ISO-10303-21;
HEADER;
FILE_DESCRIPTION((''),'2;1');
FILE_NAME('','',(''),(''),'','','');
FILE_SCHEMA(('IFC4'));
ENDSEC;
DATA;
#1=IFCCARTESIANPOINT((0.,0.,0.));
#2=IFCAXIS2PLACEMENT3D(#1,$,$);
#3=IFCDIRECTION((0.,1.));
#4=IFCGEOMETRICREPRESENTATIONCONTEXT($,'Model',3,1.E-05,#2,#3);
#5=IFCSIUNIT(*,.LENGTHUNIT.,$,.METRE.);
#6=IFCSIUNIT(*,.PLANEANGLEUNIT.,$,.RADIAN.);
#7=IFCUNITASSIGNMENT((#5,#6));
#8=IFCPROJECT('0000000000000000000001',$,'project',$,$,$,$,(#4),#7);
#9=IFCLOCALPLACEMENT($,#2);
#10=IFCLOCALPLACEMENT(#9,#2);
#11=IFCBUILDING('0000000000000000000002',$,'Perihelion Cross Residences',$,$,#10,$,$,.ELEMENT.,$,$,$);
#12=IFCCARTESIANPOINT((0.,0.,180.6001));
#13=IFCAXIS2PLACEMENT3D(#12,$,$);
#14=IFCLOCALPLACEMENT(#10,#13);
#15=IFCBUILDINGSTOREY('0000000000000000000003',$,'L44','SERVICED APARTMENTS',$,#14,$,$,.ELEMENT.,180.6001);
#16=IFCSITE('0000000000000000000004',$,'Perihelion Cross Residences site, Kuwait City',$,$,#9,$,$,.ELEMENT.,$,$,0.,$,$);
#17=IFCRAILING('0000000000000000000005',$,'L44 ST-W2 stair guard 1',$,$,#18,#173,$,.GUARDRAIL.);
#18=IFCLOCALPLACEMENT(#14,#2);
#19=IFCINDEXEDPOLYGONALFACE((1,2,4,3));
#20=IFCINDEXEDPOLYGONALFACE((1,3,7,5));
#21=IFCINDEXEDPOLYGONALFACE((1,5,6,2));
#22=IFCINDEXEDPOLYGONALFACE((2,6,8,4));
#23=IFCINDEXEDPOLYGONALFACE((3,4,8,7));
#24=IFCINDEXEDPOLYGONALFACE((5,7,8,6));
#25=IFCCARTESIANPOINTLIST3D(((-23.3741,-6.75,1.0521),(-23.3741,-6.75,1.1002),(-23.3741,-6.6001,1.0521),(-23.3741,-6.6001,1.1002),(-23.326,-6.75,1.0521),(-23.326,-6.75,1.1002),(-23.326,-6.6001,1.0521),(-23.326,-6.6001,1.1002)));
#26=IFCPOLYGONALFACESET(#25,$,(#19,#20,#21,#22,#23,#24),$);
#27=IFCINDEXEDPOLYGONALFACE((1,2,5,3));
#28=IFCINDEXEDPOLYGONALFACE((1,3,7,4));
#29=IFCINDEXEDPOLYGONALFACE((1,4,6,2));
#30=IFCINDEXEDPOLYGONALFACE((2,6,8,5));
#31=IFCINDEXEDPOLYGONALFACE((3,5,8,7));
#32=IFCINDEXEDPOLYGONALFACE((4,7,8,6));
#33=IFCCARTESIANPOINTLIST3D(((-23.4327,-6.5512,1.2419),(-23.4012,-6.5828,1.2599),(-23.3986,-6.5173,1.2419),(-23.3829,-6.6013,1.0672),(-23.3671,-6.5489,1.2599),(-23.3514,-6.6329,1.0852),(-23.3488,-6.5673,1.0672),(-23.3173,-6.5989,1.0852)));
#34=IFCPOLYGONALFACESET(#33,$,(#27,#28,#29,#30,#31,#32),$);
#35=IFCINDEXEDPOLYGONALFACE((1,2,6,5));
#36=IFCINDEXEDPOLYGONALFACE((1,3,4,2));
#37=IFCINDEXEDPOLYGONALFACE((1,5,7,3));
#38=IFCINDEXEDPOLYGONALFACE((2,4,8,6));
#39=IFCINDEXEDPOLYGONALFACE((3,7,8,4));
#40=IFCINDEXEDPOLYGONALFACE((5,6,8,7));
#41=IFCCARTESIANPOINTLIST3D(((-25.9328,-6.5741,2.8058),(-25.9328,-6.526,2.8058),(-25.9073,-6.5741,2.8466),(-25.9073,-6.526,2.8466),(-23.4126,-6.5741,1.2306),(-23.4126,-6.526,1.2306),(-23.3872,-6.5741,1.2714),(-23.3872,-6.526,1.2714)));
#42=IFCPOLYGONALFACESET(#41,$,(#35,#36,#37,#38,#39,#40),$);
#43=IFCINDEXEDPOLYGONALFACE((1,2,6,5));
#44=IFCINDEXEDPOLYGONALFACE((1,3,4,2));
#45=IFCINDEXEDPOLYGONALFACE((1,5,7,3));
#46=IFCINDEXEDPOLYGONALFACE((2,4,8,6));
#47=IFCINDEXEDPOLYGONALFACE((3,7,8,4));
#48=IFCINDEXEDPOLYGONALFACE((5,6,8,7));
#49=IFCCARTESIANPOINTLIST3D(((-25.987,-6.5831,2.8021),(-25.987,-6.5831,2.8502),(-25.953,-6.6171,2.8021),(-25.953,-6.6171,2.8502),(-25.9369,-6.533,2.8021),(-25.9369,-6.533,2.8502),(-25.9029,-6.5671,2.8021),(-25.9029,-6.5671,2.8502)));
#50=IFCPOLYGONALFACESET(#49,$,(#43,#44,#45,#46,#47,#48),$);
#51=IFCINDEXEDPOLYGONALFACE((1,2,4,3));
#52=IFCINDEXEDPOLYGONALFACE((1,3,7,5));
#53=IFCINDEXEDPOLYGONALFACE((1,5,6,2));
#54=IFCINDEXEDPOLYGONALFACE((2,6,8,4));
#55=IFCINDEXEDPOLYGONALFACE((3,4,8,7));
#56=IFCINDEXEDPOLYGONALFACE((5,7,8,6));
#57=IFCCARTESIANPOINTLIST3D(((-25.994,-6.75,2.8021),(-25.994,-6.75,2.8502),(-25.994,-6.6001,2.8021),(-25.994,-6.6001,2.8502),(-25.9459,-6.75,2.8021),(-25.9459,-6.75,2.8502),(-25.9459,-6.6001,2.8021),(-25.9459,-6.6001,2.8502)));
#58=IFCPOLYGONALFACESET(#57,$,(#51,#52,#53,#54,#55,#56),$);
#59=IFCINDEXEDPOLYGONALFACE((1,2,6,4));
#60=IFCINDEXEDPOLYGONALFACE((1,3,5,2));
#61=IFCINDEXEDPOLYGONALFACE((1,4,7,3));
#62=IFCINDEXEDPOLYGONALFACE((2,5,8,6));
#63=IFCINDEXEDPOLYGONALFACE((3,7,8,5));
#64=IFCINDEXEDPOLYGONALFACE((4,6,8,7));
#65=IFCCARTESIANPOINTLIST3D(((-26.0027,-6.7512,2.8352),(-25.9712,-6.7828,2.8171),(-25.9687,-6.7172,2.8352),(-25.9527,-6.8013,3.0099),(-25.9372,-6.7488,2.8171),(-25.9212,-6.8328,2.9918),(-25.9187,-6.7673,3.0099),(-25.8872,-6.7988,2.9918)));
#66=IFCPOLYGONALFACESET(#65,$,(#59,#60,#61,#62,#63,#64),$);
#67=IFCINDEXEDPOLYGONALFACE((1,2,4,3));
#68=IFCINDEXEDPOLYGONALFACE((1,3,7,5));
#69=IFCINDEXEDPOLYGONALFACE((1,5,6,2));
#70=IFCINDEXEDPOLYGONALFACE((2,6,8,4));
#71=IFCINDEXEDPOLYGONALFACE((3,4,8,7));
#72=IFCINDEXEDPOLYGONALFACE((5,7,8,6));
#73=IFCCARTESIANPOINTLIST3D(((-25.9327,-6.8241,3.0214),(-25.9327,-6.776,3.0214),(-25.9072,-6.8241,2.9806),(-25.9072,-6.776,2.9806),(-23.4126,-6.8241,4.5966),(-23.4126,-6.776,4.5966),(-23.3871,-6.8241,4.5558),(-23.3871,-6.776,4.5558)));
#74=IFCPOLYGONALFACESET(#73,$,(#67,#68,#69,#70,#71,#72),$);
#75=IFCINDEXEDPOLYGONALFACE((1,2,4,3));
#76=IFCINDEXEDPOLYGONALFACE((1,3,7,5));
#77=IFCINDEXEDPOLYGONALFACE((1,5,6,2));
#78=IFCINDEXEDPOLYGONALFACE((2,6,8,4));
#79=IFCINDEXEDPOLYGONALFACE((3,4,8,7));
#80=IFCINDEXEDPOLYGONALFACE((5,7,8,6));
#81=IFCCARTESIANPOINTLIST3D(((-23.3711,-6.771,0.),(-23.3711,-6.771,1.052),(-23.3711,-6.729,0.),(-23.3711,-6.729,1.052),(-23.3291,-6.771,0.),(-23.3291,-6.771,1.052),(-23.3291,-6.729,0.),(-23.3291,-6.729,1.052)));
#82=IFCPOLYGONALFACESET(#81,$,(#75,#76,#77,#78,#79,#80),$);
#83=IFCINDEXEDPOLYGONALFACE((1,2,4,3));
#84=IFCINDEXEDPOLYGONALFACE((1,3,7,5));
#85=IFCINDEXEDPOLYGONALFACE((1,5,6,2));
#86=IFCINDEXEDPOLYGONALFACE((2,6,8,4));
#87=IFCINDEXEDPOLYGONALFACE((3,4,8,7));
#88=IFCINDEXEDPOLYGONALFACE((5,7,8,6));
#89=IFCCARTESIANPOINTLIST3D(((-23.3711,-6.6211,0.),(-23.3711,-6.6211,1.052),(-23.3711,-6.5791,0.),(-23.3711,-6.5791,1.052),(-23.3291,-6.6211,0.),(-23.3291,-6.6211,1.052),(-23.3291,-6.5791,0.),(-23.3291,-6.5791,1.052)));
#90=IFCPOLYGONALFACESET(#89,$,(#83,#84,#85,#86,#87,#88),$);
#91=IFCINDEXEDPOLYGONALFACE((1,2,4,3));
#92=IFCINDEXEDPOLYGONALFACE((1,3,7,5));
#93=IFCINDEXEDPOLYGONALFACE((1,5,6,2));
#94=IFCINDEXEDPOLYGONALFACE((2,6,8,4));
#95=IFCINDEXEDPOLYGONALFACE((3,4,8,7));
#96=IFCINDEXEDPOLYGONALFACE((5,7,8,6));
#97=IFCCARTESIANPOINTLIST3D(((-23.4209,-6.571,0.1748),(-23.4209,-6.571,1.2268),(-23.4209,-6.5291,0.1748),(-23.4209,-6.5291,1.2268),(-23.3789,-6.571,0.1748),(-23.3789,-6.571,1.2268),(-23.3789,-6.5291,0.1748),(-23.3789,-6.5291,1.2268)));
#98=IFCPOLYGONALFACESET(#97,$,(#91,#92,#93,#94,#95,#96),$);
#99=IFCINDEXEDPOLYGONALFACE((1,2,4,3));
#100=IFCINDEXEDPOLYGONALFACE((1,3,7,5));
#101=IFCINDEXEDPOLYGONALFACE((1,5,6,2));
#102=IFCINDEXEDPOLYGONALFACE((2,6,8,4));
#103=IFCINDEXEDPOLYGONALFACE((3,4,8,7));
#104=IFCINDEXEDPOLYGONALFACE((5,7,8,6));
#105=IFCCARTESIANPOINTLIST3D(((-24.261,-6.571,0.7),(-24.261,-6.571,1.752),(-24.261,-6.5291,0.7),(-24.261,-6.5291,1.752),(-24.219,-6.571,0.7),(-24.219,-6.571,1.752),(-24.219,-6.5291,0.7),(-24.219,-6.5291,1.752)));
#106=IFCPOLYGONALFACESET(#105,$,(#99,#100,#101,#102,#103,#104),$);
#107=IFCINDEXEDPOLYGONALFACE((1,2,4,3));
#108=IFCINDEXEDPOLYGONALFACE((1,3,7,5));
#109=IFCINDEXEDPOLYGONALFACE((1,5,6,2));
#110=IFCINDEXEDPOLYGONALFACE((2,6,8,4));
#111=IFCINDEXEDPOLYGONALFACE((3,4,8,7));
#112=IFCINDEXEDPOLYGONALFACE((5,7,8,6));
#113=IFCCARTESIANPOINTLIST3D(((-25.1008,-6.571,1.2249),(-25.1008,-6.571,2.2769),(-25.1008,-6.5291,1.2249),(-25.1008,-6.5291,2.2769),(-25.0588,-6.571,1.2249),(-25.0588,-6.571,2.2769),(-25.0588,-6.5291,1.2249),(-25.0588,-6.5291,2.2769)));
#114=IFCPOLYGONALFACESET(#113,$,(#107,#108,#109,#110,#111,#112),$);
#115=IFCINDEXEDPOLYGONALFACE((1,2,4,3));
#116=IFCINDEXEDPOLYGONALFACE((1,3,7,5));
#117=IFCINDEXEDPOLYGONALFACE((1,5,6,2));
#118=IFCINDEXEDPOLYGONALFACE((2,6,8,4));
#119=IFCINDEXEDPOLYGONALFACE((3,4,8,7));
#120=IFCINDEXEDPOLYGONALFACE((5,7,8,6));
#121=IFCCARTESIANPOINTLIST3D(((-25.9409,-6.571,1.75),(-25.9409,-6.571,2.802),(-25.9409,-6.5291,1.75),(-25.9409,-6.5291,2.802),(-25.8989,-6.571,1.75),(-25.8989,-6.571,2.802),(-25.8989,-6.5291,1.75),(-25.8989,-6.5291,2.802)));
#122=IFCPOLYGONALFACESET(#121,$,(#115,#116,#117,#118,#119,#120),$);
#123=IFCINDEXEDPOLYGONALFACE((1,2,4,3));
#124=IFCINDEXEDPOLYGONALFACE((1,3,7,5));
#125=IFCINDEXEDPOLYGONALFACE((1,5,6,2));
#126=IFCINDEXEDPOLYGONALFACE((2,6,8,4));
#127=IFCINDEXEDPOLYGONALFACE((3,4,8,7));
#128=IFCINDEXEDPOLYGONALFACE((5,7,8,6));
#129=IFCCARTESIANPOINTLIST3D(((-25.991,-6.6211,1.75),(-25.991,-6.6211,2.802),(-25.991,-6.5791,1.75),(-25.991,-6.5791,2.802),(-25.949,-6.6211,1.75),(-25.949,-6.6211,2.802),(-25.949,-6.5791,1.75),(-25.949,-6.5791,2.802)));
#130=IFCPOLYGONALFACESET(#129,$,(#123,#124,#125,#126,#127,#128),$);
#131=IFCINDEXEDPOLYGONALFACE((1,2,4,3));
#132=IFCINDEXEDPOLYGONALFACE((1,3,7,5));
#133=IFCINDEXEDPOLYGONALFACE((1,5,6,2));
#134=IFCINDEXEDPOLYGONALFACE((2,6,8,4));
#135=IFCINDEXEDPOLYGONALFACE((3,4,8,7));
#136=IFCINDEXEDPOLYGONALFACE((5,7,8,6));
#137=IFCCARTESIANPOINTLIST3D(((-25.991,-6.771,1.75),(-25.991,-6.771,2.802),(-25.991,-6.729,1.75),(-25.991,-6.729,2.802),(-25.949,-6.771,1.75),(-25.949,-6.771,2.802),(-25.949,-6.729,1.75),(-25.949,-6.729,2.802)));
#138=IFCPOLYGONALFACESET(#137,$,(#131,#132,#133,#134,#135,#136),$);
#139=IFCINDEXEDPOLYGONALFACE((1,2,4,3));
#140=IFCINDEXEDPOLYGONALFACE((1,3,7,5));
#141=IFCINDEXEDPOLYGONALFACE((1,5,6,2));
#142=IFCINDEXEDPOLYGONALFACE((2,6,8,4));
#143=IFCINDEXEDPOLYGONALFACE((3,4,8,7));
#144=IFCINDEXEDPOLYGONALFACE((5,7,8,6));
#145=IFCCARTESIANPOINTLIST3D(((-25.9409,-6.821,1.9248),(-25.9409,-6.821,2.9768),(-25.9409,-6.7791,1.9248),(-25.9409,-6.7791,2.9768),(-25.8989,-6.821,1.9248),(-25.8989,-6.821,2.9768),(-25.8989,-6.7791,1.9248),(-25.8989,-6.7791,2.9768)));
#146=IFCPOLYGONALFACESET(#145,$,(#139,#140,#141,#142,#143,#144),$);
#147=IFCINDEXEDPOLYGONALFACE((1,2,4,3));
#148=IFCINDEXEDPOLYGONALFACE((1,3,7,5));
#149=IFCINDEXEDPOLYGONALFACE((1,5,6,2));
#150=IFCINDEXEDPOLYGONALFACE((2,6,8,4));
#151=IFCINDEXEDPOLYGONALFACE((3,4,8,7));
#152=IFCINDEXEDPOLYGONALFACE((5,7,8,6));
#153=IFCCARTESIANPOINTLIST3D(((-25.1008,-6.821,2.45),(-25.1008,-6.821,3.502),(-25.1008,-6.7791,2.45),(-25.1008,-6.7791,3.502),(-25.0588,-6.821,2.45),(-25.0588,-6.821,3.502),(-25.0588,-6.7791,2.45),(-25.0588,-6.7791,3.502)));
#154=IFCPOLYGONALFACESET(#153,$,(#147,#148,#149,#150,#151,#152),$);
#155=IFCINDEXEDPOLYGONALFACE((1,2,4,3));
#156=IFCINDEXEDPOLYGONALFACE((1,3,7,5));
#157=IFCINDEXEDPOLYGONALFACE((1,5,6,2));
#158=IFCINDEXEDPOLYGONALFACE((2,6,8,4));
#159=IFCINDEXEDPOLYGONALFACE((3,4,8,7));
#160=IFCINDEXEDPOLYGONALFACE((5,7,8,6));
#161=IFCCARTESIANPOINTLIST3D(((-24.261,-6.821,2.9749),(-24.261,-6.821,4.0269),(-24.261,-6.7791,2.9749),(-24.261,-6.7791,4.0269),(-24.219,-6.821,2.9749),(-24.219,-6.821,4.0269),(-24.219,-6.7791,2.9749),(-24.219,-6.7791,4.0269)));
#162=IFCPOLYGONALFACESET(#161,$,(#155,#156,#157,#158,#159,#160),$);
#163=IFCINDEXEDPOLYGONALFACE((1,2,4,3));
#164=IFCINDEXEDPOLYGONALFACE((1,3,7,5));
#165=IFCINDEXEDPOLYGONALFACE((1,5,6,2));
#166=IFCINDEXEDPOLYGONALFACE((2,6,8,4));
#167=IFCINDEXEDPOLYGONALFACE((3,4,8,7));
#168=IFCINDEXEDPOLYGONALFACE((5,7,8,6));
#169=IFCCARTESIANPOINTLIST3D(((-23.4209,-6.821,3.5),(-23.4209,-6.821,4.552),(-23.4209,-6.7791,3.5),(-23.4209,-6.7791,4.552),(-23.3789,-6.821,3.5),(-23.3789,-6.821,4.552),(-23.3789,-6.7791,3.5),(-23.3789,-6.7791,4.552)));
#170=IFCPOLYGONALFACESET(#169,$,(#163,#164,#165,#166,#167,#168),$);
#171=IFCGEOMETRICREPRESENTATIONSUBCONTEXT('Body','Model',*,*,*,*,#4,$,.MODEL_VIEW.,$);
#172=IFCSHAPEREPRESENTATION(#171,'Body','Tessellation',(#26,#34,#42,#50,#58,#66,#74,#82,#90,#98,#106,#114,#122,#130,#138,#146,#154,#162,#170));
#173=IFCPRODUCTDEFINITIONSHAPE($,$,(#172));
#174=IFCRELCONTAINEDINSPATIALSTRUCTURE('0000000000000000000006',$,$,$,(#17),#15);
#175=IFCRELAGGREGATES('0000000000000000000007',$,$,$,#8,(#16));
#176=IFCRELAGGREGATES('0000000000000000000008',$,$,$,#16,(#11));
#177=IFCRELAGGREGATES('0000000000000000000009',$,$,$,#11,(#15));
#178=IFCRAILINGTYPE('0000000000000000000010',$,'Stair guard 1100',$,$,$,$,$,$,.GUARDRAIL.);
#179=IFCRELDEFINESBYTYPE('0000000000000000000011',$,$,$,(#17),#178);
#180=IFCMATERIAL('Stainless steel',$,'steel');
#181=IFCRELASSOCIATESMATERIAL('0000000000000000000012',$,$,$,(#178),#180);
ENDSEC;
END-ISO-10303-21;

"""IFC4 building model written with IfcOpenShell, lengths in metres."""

from ifc_helpers import new_model, si_unit, direction, frame, origin, origin_2d, place, context, subcontext, project, spatial, rectangle, extrude, material, type_object, element, save


model = new_model("IFC4")

# Units and contexts
model_context = context("Model", 3, precision=1e-05, world=origin(), true_north=direction((0.0, 1.0)))
body_context = subcontext(model_context, "Body", "Model", "MODEL_VIEW")
ifc_project = project(units=[si_unit("LENGTHUNIT", "METRE"), si_unit("PLANEANGLEUNIT", "RADIAN")], contexts=[model_context])

# Site, building, storey
site_placement = place(None, origin())
site = spatial("IfcSite", under=ifc_project, at=site_placement, Name="Perihelion Cross Residences site, Kuwait City", CompositionType="ELEMENT", RefElevation=0.0)
building_placement = place(site_placement, origin())
building = spatial("IfcBuilding", under=site, at=building_placement, Name="Perihelion Cross Residences", CompositionType="ELEMENT")
storey_placement = place(building_placement, frame((0.0, 0.0, 180.6001)))
storey = spatial("IfcBuildingStorey", under=building, at=storey_placement, Name="L44", Description="SERVICED APARTMENTS", CompositionType="ELEMENT", Elevation=180.6001)

# Railing
ifc_material_1 = material(Name="Stainless steel", Category="steel")
railing_type_1 = type_object("IfcRailingType", Name="Stair guard 1100", PredefinedType="GUARDRAIL", material=ifc_material_1)
railing_1_placement = place(storey_placement, frame((-23.3501, -6.75, 0.0)))
element("IfcRailing", 1, at=railing_1_placement, inside=storey, type_object=railing_type_1, Name="L44 ST-W2 stair guard 1", PredefinedType="GUARDRAIL", context=body_context, shape_type="SweptSolid", body=[
    extrude(rectangle(XDim=0.0481, YDim=0.0481, at=origin_2d()), frame((0.0, 0.0, 1.0762), z_axis=(0.0, 1.0, 0.0), x_axis=(-1.0, 0.0, 0.0)), (0.0, 0.0, 1.0), 0.1499),
    extrude(rectangle(XDim=0.0481, YDim=0.0481, at=origin_2d()), frame((0.0, 0.1499, 1.0762), z_axis=(-0.264179, 0.265474, 0.927218), x_axis=(-0.708834, -0.705376, 0.0)), (0.0, 0.0, 1.0), 0.1885),
    extrude(rectangle(XDim=0.0481, YDim=0.0481, at=origin_2d()), frame((-0.0498, 0.2, 1.251), z_axis=(-0.847971, 0.0, 0.530043), x_axis=(0.0, -1.0, 0.0)), (0.0, 0.0, 1.0), 2.9719),
    extrude(rectangle(XDim=0.0481, YDim=0.0481, at=origin_2d()), frame((-2.5698, 0.2, 2.8262), z_axis=(-0.707107, -0.707107, 0.0), x_axis=(0.707107, -0.707107, 0.0)), (0.0, 0.0, 1.0), 0.0708),
    extrude(rectangle(XDim=0.0481, YDim=0.0481, at=origin_2d()), frame((-2.6199, 0.1499, 2.8262), z_axis=(0.0, -1.0, 0.0), x_axis=(1.0, 0.0, 0.0)), (0.0, 0.0, 1.0), 0.1499),
    extrude(rectangle(XDim=0.0481, YDim=0.0481, at=origin_2d()), frame((-2.6199, 0.0, 2.8262), z_axis=(0.265383, -0.265383, 0.9269), x_axis=(0.707107, 0.707107, 0.0)), (0.0, 0.0, 1.0), 0.1885),
    extrude(rectangle(XDim=0.0481, YDim=0.0481, at=origin_2d()), frame((-2.5698, -0.05, 3.001), z_axis=(0.847971, 0.0, 0.530043), x_axis=(0.0, 1.0, 0.0)), (0.0, 0.0, 1.0), 2.9719),
    extrude(rectangle(XDim=0.042, YDim=0.042, at=origin_2d()), origin(), (0.0, 0.0, 1.0), 1.052),
    extrude(rectangle(XDim=0.042, YDim=0.042, at=origin_2d()), frame((0.0, 0.1499, 0.0)), (0.0, 0.0, 1.0), 1.052),
    extrude(rectangle(XDim=0.042, YDim=0.042, at=origin_2d()), frame((-0.0498, 0.2, 0.1748)), (0.0, 0.0, 1.0), 1.052),
    extrude(rectangle(XDim=0.042, YDim=0.042, at=origin_2d()), frame((-0.8899, 0.2, 0.7)), (0.0, 0.0, 1.0), 1.052),
    extrude(rectangle(XDim=0.042, YDim=0.042, at=origin_2d()), frame((-1.7297, 0.2, 1.2249)), (0.0, 0.0, 1.0), 1.052),
    extrude(rectangle(XDim=0.042, YDim=0.042, at=origin_2d()), frame((-2.5698, 0.2, 1.75)), (0.0, 0.0, 1.0), 1.052),
    extrude(rectangle(XDim=0.042, YDim=0.042, at=origin_2d()), frame((-2.6199, 0.1499, 1.75)), (0.0, 0.0, 1.0), 1.052),
    extrude(rectangle(XDim=0.042, YDim=0.042, at=origin_2d()), frame((-2.6199, 0.0, 1.75)), (0.0, 0.0, 1.0), 1.052),
    extrude(rectangle(XDim=0.042, YDim=0.042, at=origin_2d()), frame((-2.5698, -0.05, 1.9248)), (0.0, 0.0, 1.0), 1.052),
    extrude(rectangle(XDim=0.042, YDim=0.042, at=origin_2d()), frame((-1.7297, -0.05, 2.45)), (0.0, 0.0, 1.0), 1.052),
    extrude(rectangle(XDim=0.042, YDim=0.042, at=origin_2d()), frame((-0.8899, -0.05, 2.9749)), (0.0, 0.0, 1.0), 1.052),
    extrude(rectangle(XDim=0.042, YDim=0.042, at=origin_2d()), frame((-0.0498, -0.05, 3.5)), (0.0, 0.0, 1.0), 1.052),
])

save(model, "model.ifc")
